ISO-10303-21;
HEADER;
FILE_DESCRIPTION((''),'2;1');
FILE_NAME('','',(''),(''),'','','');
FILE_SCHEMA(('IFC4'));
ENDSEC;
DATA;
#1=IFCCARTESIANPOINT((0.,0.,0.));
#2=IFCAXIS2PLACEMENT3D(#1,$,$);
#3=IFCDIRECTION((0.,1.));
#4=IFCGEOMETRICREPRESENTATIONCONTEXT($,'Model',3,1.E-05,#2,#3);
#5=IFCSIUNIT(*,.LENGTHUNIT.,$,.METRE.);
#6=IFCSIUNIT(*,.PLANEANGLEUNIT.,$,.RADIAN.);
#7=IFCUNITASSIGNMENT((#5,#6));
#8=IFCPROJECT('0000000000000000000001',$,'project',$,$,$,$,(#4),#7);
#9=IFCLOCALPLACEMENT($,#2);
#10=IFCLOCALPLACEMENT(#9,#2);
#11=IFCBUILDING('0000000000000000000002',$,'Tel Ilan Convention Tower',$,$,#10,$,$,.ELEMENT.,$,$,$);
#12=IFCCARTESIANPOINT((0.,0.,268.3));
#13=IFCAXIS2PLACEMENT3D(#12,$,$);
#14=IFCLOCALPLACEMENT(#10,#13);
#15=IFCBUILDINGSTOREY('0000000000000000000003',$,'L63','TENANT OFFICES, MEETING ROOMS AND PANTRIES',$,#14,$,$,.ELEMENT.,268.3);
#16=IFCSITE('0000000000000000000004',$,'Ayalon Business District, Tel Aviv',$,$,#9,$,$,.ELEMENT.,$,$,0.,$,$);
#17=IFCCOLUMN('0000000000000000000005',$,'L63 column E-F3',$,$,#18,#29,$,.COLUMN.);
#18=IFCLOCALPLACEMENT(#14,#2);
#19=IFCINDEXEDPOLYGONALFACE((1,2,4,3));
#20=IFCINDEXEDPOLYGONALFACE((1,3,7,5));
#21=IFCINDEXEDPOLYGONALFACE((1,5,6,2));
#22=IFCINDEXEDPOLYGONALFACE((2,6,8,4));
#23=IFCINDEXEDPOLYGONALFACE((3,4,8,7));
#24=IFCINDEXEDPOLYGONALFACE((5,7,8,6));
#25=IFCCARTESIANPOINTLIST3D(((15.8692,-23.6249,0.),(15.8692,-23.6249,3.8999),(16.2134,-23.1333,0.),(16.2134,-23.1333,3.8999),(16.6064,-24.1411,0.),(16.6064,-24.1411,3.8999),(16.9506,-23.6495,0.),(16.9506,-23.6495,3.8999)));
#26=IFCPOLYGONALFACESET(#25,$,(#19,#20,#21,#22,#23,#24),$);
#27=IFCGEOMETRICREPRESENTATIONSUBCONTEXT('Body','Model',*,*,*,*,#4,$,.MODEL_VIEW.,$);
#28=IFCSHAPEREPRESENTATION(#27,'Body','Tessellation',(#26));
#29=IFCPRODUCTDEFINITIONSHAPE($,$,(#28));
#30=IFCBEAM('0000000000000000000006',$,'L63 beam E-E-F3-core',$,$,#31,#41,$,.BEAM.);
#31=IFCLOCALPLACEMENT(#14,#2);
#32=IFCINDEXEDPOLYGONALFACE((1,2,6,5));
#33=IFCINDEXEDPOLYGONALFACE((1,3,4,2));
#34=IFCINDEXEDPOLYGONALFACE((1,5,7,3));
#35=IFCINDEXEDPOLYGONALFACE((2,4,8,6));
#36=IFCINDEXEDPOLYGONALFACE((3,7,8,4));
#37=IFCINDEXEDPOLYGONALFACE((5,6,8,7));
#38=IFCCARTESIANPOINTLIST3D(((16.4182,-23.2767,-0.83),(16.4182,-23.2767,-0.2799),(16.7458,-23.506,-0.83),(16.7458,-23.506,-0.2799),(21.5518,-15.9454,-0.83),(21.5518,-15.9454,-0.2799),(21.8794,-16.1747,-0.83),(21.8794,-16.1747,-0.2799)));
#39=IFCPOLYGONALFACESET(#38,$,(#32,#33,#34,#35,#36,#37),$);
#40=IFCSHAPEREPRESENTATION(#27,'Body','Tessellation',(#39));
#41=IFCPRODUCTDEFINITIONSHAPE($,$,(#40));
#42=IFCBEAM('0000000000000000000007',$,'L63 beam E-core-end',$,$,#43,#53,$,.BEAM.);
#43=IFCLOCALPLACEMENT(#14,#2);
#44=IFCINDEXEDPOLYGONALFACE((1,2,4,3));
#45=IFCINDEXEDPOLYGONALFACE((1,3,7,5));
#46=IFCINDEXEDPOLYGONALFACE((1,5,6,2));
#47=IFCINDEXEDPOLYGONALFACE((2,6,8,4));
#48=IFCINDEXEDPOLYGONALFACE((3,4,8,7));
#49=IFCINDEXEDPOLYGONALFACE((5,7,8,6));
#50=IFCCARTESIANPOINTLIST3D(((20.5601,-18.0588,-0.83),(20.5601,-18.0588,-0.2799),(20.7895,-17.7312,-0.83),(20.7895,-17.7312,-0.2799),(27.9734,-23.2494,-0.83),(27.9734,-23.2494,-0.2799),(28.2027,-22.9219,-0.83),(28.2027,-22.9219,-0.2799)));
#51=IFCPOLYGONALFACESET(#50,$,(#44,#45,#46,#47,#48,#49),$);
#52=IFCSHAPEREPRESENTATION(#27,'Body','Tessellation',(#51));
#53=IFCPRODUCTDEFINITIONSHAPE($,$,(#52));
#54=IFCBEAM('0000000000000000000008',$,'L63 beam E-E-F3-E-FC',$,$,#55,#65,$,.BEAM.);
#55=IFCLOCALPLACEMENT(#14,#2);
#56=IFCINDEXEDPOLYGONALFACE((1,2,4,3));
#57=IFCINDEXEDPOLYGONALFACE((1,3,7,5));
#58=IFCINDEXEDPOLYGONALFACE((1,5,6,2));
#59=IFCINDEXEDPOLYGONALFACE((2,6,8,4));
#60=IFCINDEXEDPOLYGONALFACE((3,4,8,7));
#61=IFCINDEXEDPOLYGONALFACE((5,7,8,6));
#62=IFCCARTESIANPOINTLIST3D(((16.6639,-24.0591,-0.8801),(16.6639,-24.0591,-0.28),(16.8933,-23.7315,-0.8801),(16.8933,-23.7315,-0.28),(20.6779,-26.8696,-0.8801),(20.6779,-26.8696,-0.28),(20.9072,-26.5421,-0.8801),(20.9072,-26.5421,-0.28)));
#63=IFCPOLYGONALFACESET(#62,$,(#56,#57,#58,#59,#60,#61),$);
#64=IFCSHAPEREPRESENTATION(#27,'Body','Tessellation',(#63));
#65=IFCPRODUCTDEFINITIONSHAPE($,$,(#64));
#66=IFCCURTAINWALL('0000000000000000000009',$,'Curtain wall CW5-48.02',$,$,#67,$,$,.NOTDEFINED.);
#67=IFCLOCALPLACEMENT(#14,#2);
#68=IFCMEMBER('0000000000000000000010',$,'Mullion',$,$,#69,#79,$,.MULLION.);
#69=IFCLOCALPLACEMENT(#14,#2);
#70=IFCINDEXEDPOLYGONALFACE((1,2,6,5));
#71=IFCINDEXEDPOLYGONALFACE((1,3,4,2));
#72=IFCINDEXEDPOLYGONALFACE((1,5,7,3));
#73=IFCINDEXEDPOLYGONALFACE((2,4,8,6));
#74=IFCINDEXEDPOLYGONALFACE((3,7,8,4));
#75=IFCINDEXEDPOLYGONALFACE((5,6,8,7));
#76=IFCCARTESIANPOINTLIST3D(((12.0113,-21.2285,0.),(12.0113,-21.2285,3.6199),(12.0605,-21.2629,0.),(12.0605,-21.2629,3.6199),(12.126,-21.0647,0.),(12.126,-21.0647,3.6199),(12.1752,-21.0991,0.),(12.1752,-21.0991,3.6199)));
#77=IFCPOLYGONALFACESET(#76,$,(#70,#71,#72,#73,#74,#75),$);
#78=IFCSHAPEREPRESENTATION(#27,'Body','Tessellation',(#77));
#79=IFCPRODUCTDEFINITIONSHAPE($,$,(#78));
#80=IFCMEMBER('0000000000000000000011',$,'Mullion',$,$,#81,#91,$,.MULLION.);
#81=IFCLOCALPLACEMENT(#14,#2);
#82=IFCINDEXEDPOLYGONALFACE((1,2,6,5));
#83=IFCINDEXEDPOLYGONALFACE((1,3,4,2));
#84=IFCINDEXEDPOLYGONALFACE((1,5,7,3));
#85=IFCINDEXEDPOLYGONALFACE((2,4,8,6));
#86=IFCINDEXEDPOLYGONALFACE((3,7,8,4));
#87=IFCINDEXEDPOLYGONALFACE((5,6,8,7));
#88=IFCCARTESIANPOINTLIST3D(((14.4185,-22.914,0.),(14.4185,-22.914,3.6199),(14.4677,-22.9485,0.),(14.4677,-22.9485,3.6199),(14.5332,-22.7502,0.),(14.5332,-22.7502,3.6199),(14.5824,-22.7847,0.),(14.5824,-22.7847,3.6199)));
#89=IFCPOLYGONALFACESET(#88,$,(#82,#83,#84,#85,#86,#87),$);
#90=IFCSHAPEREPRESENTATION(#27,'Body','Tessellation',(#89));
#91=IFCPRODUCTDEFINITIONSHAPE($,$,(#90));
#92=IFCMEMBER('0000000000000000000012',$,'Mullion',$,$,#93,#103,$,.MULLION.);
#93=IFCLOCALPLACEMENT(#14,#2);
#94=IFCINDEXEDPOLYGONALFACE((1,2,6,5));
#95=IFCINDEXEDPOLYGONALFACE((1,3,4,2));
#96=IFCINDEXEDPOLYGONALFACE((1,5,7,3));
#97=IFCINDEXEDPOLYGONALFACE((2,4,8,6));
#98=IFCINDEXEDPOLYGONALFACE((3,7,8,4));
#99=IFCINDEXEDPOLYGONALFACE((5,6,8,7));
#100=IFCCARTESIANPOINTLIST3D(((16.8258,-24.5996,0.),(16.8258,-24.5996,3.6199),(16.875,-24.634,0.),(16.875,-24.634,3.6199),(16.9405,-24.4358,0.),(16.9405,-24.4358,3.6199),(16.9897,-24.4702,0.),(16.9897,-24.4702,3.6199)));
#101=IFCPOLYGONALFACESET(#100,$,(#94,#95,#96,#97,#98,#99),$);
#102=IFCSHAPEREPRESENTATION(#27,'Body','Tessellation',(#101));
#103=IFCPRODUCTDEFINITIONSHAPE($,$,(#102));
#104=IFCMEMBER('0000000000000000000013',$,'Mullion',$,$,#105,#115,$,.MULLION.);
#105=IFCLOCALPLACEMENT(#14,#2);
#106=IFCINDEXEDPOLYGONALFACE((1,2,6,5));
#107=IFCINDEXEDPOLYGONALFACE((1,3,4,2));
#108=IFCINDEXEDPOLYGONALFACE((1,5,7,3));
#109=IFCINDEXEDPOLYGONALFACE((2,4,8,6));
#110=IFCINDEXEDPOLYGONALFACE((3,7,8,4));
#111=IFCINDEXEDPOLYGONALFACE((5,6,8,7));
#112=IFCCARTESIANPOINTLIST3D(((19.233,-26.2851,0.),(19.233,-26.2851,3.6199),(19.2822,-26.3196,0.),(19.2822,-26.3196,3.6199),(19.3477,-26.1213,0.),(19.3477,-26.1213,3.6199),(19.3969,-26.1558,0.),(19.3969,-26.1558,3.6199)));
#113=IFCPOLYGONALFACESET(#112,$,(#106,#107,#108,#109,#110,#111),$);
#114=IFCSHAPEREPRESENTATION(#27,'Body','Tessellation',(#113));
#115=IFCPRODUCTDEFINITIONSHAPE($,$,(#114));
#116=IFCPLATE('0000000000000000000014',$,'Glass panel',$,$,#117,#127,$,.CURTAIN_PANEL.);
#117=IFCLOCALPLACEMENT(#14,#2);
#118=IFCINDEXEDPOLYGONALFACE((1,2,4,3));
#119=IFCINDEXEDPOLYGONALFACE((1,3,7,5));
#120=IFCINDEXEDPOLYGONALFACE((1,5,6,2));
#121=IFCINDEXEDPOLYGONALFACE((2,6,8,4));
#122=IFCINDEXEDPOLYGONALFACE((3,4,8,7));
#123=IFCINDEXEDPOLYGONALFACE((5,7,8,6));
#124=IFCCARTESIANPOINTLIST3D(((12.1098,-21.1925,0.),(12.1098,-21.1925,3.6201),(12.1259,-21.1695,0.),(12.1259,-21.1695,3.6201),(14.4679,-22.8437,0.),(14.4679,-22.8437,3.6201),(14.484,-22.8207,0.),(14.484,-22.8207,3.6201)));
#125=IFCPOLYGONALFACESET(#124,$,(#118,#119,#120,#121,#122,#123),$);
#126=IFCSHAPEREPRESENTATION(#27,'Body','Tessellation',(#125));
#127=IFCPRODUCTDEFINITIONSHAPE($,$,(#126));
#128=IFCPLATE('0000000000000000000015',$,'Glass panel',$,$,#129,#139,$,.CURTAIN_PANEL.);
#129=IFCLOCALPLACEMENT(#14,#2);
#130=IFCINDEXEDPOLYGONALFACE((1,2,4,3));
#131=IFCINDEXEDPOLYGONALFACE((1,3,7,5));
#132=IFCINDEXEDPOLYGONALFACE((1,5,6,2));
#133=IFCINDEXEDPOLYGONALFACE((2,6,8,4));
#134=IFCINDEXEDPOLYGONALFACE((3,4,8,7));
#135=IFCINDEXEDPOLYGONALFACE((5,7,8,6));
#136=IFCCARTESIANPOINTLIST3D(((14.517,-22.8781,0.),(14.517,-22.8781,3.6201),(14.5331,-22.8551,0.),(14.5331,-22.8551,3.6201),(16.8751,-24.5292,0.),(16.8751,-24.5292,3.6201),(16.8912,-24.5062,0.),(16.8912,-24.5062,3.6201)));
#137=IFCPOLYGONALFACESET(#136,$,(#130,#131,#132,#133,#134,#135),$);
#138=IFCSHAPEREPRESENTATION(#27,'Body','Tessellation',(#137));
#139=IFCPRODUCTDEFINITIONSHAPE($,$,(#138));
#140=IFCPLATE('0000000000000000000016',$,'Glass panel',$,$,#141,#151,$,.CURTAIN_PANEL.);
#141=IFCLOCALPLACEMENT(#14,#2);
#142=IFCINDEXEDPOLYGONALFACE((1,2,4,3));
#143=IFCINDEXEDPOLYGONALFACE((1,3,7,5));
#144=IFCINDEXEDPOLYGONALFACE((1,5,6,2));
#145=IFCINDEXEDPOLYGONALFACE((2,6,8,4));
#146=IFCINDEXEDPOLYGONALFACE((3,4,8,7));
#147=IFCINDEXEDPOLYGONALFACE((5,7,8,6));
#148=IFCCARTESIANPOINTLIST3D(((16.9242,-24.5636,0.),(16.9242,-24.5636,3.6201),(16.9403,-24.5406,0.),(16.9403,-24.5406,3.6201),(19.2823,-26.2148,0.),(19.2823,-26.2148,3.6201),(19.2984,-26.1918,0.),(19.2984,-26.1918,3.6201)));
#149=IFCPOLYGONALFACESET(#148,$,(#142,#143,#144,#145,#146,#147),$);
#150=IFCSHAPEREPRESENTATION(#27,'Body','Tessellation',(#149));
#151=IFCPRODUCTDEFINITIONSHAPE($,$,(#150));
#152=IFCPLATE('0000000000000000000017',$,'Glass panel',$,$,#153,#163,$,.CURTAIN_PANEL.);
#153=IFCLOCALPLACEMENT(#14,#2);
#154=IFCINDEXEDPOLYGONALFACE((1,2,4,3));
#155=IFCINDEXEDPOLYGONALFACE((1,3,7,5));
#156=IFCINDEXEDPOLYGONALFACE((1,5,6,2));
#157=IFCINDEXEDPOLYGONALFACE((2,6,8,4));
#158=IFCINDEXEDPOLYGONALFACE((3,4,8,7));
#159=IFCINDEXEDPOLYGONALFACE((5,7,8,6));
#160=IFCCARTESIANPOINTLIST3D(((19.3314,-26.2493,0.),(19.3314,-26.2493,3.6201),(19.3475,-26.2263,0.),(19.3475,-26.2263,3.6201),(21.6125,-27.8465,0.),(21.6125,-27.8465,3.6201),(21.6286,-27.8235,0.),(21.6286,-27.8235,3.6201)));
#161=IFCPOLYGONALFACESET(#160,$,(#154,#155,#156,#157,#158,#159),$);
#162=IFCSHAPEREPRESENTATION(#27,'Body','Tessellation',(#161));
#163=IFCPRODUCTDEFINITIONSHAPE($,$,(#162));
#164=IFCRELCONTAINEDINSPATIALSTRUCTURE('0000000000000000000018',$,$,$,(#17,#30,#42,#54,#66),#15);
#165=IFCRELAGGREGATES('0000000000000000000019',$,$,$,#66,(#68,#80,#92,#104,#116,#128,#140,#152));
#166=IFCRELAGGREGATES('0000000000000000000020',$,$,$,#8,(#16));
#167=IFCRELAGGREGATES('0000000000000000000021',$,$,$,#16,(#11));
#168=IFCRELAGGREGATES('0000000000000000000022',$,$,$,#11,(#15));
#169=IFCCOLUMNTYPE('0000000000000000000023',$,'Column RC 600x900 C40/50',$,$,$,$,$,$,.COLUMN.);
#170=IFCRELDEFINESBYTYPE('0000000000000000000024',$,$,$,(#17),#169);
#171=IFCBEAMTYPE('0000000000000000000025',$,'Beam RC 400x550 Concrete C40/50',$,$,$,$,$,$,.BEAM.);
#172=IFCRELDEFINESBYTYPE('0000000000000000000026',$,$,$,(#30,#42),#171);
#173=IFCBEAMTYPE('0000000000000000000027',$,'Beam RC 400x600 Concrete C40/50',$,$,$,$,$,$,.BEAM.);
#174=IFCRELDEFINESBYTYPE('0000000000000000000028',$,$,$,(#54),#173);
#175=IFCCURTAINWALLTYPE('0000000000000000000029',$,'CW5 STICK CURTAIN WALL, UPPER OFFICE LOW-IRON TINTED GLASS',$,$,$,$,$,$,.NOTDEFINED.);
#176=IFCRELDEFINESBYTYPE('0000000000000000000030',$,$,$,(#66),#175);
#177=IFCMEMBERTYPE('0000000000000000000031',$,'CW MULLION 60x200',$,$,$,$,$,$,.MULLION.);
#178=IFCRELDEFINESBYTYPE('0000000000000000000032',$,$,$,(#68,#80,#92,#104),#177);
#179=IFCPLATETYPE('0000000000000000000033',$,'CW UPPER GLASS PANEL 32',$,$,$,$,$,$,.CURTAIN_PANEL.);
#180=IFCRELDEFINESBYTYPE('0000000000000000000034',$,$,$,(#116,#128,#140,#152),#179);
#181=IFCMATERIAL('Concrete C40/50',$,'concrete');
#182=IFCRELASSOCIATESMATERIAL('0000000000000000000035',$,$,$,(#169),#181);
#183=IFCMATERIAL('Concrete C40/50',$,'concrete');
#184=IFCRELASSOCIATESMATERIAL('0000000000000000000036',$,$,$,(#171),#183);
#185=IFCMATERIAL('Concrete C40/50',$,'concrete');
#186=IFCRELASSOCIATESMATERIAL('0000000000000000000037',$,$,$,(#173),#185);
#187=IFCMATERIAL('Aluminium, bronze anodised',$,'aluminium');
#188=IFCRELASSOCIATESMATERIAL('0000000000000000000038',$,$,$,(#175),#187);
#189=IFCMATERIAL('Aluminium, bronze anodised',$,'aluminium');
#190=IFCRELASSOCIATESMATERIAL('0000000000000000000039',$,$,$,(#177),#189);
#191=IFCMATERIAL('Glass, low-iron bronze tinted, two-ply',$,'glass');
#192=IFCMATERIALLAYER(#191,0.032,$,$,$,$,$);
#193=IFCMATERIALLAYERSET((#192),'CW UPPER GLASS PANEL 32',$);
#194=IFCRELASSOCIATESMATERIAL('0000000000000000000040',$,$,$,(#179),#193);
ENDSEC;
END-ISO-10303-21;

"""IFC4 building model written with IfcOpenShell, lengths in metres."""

from ifc_helpers import new_model, si_unit, direction, frame, origin, origin_2d, place, context, subcontext, project, spatial, rectangle, extrude, material, layer, layer_set, material_profile, profile_set, type_object, element, aggregate, save


model = new_model("IFC4")

# Units and contexts
model_context = context("Model", 3, precision=1e-05, world=origin(), true_north=direction((0.0, 1.0)))
body_context = subcontext(model_context, "Body", "Model", "MODEL_VIEW")
ifc_project = project(units=[si_unit("LENGTHUNIT", "METRE"), si_unit("PLANEANGLEUNIT", "RADIAN")], contexts=[model_context])

# Site, building, storey
site_placement = place(None, origin())
site = spatial("IfcSite", under=ifc_project, at=site_placement, Name="Ayalon Business District, Tel Aviv", CompositionType="ELEMENT", RefElevation=0.0)
building_placement = place(site_placement, origin())
building = spatial("IfcBuilding", under=site, at=building_placement, Name="Tel Ilan Convention Tower", CompositionType="ELEMENT")
storey_placement = place(building_placement, frame((0.0, 0.0, 268.3)))
storey = spatial("IfcBuildingStorey", under=building, at=storey_placement, Name="L63", Description="TENANT OFFICES, MEETING ROOMS AND PANTRIES", CompositionType="ELEMENT", Elevation=268.3)

# Column
ifc_material_1 = material(Name="Concrete C40/50", Category="concrete")
ifc_material_profile_1 = material_profile(ifc_material_1, rectangle(XDim=0.8999, YDim=0.6001, at=origin_2d()), Name="RC 600x900")
ifc_profile_set_1 = profile_set([ifc_material_profile_1], Name="Concrete C40/50")
column_type = type_object("IfcColumnType", Name="Column RC 600x900 C40/50", PredefinedType="COLUMN", material=ifc_profile_set_1)
column_1_placement = place(storey_placement, frame((16.4099, -23.6372, 0.0), z_axis=(0.0, 0.0, 1.0), x_axis=(0.819152, -0.573576, 0.0)))
element("IfcColumn", 1, at=column_1_placement, inside=storey, type_object=column_type, Name="L63 column E-F3", PredefinedType="COLUMN", context=body_context, shape_type="SweptSolid", body=[
    extrude(rectangle(XDim=0.8999, YDim=0.6001, at=origin_2d()), origin(), (0.0, 0.0, 1.0), 3.8999),
])

# Beams
ifc_material_2 = material(Name="Concrete C40/50", Category="concrete")
ifc_material_profile_2 = material_profile(ifc_material_2, rectangle(XDim=0.3999, YDim=0.55, at=origin_2d()), Name="RC 400x550")
ifc_profile_set_2 = profile_set([ifc_material_profile_2], Name="Concrete C40/50")
beam_type_1 = type_object("IfcBeamType", Name="Beam RC 400x550 Concrete C40/50", PredefinedType="BEAM", material=ifc_profile_set_2)
beam_1_placement = place(storey_placement, frame((16.582, -23.3914, -0.5549), z_axis=(0.573585, 0.819146, 0.0), x_axis=(-0.819146, 0.573585, 0.0)))
element("IfcBeam", 2, at=beam_1_placement, inside=storey, type_object=beam_type_1, Name="L63 beam E-E-F3-core", PredefinedType="BEAM", context=body_context, shape_type="SweptSolid", body=[
    extrude(rectangle(XDim=0.3999, YDim=0.55, at=origin_2d()), origin(), (0.0, 0.0, 1.0), 8.95),
])
beam_2_placement = place(storey_placement, frame((20.6748, -17.895, -0.5549), z_axis=(0.819162, -0.573562, 0.0), x_axis=(0.573562, 0.819162, 0.0)))
element("IfcBeam", 3, at=beam_2_placement, inside=storey, type_object=beam_type_1, Name="L63 beam E-core-end", PredefinedType="BEAM", context=body_context, shape_type="SweptSolid", body=[
    extrude(rectangle(XDim=0.3999, YDim=0.55, at=origin_2d()), origin(), (0.0, 0.0, 1.0), 9.0498),
])
ifc_material_3 = material(Name="Concrete C40/50", Category="concrete")
ifc_material_profile_3 = material_profile(ifc_material_3, rectangle(XDim=0.3999, YDim=0.6001, at=origin_2d()), Name="RC 400x600")
ifc_profile_set_3 = profile_set([ifc_material_profile_3], Name="Concrete C40/50")
beam_type_2 = type_object("IfcBeamType", Name="Beam RC 400x600 Concrete C40/50", PredefinedType="BEAM", material=ifc_profile_set_3)
beam_3_placement = place(storey_placement, frame((16.7786, -23.8953, -0.5801), z_axis=(0.819155, -0.573573, 0.0), x_axis=(0.573573, 0.819155, 0.0)))
element("IfcBeam", 4, at=beam_3_placement, inside=storey, type_object=beam_type_2, Name="L63 beam E-E-F3-E-FC", PredefinedType="BEAM", context=body_context, shape_type="SweptSolid", body=[
    extrude(rectangle(XDim=0.3999, YDim=0.6001, at=origin_2d()), origin(), (0.0, 0.0, 1.0), 4.9001),
])

# Curtain wall, members, plates
ifc_material_4 = material(Name="Aluminium, bronze anodised", Category="aluminium")
curtain_wall_type = type_object("IfcCurtainWallType", Name="CW5 STICK CURTAIN WALL, UPPER OFFICE LOW-IRON TINTED GLASS", PredefinedType="NOTDEFINED", material=ifc_material_4)
curtain_wall_placement = place(storey_placement, origin())
curtain_wall = element("IfcCurtainWall", 5, at=curtain_wall_placement, inside=storey, type_object=curtain_wall_type, Name="Curtain wall CW5-48.02", PredefinedType="NOTDEFINED")
ifc_material_5 = material(Name="Aluminium, bronze anodised", Category="aluminium")
ifc_material_profile_4 = material_profile(ifc_material_5, rectangle(XDim=0.0601, YDim=0.2, at=origin_2d()), Name="CW MULLION 60x200")
ifc_profile_set_4 = profile_set([ifc_material_profile_4], Name="Aluminium, bronze anodised")
member_type = type_object("IfcMemberType", Name="CW MULLION 60x200", PredefinedType="MULLION", material=ifc_profile_set_4)
member_1_placement = place(storey_placement, frame((12.0933, -21.1638, 0.0), z_axis=(0.0, 0.0, 1.0), x_axis=(0.819152, -0.573576, 0.0)))
member_1 = element("IfcMember", 6, at=member_1_placement, type_object=member_type, Name="Mullion", PredefinedType="MULLION", context=body_context, shape_type="SweptSolid", body=[
    extrude(rectangle(XDim=0.0601, YDim=0.2, at=origin_2d()), origin(), (0.0, 0.0, 1.0), 3.6199),
])
member_2_placement = place(storey_placement, frame((14.5005, -22.8494, 0.0), z_axis=(0.0, 0.0, 1.0), x_axis=(0.819152, -0.573576, 0.0)))
member_2 = element("IfcMember", 7, at=member_2_placement, type_object=member_type, Name="Mullion", PredefinedType="MULLION", context=body_context, shape_type="SweptSolid", body=[
    extrude(rectangle(XDim=0.0601, YDim=0.2, at=origin_2d()), origin(), (0.0, 0.0, 1.0), 3.6199),
])
member_3_placement = place(storey_placement, frame((16.9077, -24.5349, 0.0), z_axis=(0.0, 0.0, 1.0), x_axis=(0.819152, -0.573576, 0.0)))
member_3 = element("IfcMember", 8, at=member_3_placement, type_object=member_type, Name="Mullion", PredefinedType="MULLION", context=body_context, shape_type="SweptSolid", body=[
    extrude(rectangle(XDim=0.0601, YDim=0.2, at=origin_2d()), origin(), (0.0, 0.0, 1.0), 3.6199),
])
member_4_placement = place(storey_placement, frame((19.3149, -26.2205, 0.0), z_axis=(0.0, 0.0, 1.0), x_axis=(0.819152, -0.573576, 0.0)))
member_4 = element("IfcMember", 9, at=member_4_placement, type_object=member_type, Name="Mullion", PredefinedType="MULLION", context=body_context, shape_type="SweptSolid", body=[
    extrude(rectangle(XDim=0.0601, YDim=0.2, at=origin_2d()), origin(), (0.0, 0.0, 1.0), 3.6199),
])
ifc_material_6 = material(Name="Glass, low-iron bronze tinted, two-ply", Category="glass")
ifc_layer_1 = layer(ifc_material_6, 0.032)
ifc_layer_set_1 = layer_set([ifc_layer_1], Name="CW UPPER GLASS PANEL 32")
plate_type = type_object("IfcPlateType", Name="CW UPPER GLASS PANEL 32", PredefinedType="CURTAIN_PANEL", material=ifc_layer_set_1)
plate_1_placement = place(storey_placement, frame((13.2969, -22.0066, 0.0), z_axis=(0.0, 0.0, 1.0), x_axis=(0.819152, -0.573576, 0.0)))
plate_1 = element("IfcPlate", 10, at=plate_1_placement, type_object=plate_type, Name="Glass panel", PredefinedType="CURTAIN_PANEL", context=body_context, shape_type="SweptSolid", body=[
    extrude(rectangle(XDim=2.8787, YDim=0.0281, at=origin_2d()), origin(), (0.0, 0.0, 1.0), 3.6201),
])
plate_2_placement = place(storey_placement, frame((15.7041, -23.6921, 0.0), z_axis=(0.0, 0.0, 1.0), x_axis=(0.819152, -0.573576, 0.0)))
plate_2 = element("IfcPlate", 11, at=plate_2_placement, type_object=plate_type, Name="Glass panel", PredefinedType="CURTAIN_PANEL", context=body_context, shape_type="SweptSolid", body=[
    extrude(rectangle(XDim=2.8787, YDim=0.0281, at=origin_2d()), origin(), (0.0, 0.0, 1.0), 3.6201),
])
plate_3_placement = place(storey_placement, frame((18.1113, -25.3777, 0.0), z_axis=(0.0, 0.0, 1.0), x_axis=(0.819152, -0.573576, 0.0)))
plate_3 = element("IfcPlate", 12, at=plate_3_placement, type_object=plate_type, Name="Glass panel", PredefinedType="CURTAIN_PANEL", context=body_context, shape_type="SweptSolid", body=[
    extrude(rectangle(XDim=2.8787, YDim=0.0281, at=origin_2d()), origin(), (0.0, 0.0, 1.0), 3.6201),
])
plate_4_placement = place(storey_placement, frame((20.48, -27.0364, 0.0), z_axis=(0.0, 0.0, 1.0), x_axis=(0.819152, -0.573576, 0.0)))
plate_4 = element("IfcPlate", 13, at=plate_4_placement, type_object=plate_type, Name="Glass panel", PredefinedType="CURTAIN_PANEL", context=body_context, shape_type="SweptSolid", body=[
    extrude(rectangle(XDim=2.7847, YDim=0.0281, at=origin_2d()), origin(), (0.0, 0.0, 1.0), 3.6201),
])
aggregate(curtain_wall, [member_1, member_2, member_3, member_4, plate_1, plate_2, plate_3, plate_4])

save(model, "model.ifc")
